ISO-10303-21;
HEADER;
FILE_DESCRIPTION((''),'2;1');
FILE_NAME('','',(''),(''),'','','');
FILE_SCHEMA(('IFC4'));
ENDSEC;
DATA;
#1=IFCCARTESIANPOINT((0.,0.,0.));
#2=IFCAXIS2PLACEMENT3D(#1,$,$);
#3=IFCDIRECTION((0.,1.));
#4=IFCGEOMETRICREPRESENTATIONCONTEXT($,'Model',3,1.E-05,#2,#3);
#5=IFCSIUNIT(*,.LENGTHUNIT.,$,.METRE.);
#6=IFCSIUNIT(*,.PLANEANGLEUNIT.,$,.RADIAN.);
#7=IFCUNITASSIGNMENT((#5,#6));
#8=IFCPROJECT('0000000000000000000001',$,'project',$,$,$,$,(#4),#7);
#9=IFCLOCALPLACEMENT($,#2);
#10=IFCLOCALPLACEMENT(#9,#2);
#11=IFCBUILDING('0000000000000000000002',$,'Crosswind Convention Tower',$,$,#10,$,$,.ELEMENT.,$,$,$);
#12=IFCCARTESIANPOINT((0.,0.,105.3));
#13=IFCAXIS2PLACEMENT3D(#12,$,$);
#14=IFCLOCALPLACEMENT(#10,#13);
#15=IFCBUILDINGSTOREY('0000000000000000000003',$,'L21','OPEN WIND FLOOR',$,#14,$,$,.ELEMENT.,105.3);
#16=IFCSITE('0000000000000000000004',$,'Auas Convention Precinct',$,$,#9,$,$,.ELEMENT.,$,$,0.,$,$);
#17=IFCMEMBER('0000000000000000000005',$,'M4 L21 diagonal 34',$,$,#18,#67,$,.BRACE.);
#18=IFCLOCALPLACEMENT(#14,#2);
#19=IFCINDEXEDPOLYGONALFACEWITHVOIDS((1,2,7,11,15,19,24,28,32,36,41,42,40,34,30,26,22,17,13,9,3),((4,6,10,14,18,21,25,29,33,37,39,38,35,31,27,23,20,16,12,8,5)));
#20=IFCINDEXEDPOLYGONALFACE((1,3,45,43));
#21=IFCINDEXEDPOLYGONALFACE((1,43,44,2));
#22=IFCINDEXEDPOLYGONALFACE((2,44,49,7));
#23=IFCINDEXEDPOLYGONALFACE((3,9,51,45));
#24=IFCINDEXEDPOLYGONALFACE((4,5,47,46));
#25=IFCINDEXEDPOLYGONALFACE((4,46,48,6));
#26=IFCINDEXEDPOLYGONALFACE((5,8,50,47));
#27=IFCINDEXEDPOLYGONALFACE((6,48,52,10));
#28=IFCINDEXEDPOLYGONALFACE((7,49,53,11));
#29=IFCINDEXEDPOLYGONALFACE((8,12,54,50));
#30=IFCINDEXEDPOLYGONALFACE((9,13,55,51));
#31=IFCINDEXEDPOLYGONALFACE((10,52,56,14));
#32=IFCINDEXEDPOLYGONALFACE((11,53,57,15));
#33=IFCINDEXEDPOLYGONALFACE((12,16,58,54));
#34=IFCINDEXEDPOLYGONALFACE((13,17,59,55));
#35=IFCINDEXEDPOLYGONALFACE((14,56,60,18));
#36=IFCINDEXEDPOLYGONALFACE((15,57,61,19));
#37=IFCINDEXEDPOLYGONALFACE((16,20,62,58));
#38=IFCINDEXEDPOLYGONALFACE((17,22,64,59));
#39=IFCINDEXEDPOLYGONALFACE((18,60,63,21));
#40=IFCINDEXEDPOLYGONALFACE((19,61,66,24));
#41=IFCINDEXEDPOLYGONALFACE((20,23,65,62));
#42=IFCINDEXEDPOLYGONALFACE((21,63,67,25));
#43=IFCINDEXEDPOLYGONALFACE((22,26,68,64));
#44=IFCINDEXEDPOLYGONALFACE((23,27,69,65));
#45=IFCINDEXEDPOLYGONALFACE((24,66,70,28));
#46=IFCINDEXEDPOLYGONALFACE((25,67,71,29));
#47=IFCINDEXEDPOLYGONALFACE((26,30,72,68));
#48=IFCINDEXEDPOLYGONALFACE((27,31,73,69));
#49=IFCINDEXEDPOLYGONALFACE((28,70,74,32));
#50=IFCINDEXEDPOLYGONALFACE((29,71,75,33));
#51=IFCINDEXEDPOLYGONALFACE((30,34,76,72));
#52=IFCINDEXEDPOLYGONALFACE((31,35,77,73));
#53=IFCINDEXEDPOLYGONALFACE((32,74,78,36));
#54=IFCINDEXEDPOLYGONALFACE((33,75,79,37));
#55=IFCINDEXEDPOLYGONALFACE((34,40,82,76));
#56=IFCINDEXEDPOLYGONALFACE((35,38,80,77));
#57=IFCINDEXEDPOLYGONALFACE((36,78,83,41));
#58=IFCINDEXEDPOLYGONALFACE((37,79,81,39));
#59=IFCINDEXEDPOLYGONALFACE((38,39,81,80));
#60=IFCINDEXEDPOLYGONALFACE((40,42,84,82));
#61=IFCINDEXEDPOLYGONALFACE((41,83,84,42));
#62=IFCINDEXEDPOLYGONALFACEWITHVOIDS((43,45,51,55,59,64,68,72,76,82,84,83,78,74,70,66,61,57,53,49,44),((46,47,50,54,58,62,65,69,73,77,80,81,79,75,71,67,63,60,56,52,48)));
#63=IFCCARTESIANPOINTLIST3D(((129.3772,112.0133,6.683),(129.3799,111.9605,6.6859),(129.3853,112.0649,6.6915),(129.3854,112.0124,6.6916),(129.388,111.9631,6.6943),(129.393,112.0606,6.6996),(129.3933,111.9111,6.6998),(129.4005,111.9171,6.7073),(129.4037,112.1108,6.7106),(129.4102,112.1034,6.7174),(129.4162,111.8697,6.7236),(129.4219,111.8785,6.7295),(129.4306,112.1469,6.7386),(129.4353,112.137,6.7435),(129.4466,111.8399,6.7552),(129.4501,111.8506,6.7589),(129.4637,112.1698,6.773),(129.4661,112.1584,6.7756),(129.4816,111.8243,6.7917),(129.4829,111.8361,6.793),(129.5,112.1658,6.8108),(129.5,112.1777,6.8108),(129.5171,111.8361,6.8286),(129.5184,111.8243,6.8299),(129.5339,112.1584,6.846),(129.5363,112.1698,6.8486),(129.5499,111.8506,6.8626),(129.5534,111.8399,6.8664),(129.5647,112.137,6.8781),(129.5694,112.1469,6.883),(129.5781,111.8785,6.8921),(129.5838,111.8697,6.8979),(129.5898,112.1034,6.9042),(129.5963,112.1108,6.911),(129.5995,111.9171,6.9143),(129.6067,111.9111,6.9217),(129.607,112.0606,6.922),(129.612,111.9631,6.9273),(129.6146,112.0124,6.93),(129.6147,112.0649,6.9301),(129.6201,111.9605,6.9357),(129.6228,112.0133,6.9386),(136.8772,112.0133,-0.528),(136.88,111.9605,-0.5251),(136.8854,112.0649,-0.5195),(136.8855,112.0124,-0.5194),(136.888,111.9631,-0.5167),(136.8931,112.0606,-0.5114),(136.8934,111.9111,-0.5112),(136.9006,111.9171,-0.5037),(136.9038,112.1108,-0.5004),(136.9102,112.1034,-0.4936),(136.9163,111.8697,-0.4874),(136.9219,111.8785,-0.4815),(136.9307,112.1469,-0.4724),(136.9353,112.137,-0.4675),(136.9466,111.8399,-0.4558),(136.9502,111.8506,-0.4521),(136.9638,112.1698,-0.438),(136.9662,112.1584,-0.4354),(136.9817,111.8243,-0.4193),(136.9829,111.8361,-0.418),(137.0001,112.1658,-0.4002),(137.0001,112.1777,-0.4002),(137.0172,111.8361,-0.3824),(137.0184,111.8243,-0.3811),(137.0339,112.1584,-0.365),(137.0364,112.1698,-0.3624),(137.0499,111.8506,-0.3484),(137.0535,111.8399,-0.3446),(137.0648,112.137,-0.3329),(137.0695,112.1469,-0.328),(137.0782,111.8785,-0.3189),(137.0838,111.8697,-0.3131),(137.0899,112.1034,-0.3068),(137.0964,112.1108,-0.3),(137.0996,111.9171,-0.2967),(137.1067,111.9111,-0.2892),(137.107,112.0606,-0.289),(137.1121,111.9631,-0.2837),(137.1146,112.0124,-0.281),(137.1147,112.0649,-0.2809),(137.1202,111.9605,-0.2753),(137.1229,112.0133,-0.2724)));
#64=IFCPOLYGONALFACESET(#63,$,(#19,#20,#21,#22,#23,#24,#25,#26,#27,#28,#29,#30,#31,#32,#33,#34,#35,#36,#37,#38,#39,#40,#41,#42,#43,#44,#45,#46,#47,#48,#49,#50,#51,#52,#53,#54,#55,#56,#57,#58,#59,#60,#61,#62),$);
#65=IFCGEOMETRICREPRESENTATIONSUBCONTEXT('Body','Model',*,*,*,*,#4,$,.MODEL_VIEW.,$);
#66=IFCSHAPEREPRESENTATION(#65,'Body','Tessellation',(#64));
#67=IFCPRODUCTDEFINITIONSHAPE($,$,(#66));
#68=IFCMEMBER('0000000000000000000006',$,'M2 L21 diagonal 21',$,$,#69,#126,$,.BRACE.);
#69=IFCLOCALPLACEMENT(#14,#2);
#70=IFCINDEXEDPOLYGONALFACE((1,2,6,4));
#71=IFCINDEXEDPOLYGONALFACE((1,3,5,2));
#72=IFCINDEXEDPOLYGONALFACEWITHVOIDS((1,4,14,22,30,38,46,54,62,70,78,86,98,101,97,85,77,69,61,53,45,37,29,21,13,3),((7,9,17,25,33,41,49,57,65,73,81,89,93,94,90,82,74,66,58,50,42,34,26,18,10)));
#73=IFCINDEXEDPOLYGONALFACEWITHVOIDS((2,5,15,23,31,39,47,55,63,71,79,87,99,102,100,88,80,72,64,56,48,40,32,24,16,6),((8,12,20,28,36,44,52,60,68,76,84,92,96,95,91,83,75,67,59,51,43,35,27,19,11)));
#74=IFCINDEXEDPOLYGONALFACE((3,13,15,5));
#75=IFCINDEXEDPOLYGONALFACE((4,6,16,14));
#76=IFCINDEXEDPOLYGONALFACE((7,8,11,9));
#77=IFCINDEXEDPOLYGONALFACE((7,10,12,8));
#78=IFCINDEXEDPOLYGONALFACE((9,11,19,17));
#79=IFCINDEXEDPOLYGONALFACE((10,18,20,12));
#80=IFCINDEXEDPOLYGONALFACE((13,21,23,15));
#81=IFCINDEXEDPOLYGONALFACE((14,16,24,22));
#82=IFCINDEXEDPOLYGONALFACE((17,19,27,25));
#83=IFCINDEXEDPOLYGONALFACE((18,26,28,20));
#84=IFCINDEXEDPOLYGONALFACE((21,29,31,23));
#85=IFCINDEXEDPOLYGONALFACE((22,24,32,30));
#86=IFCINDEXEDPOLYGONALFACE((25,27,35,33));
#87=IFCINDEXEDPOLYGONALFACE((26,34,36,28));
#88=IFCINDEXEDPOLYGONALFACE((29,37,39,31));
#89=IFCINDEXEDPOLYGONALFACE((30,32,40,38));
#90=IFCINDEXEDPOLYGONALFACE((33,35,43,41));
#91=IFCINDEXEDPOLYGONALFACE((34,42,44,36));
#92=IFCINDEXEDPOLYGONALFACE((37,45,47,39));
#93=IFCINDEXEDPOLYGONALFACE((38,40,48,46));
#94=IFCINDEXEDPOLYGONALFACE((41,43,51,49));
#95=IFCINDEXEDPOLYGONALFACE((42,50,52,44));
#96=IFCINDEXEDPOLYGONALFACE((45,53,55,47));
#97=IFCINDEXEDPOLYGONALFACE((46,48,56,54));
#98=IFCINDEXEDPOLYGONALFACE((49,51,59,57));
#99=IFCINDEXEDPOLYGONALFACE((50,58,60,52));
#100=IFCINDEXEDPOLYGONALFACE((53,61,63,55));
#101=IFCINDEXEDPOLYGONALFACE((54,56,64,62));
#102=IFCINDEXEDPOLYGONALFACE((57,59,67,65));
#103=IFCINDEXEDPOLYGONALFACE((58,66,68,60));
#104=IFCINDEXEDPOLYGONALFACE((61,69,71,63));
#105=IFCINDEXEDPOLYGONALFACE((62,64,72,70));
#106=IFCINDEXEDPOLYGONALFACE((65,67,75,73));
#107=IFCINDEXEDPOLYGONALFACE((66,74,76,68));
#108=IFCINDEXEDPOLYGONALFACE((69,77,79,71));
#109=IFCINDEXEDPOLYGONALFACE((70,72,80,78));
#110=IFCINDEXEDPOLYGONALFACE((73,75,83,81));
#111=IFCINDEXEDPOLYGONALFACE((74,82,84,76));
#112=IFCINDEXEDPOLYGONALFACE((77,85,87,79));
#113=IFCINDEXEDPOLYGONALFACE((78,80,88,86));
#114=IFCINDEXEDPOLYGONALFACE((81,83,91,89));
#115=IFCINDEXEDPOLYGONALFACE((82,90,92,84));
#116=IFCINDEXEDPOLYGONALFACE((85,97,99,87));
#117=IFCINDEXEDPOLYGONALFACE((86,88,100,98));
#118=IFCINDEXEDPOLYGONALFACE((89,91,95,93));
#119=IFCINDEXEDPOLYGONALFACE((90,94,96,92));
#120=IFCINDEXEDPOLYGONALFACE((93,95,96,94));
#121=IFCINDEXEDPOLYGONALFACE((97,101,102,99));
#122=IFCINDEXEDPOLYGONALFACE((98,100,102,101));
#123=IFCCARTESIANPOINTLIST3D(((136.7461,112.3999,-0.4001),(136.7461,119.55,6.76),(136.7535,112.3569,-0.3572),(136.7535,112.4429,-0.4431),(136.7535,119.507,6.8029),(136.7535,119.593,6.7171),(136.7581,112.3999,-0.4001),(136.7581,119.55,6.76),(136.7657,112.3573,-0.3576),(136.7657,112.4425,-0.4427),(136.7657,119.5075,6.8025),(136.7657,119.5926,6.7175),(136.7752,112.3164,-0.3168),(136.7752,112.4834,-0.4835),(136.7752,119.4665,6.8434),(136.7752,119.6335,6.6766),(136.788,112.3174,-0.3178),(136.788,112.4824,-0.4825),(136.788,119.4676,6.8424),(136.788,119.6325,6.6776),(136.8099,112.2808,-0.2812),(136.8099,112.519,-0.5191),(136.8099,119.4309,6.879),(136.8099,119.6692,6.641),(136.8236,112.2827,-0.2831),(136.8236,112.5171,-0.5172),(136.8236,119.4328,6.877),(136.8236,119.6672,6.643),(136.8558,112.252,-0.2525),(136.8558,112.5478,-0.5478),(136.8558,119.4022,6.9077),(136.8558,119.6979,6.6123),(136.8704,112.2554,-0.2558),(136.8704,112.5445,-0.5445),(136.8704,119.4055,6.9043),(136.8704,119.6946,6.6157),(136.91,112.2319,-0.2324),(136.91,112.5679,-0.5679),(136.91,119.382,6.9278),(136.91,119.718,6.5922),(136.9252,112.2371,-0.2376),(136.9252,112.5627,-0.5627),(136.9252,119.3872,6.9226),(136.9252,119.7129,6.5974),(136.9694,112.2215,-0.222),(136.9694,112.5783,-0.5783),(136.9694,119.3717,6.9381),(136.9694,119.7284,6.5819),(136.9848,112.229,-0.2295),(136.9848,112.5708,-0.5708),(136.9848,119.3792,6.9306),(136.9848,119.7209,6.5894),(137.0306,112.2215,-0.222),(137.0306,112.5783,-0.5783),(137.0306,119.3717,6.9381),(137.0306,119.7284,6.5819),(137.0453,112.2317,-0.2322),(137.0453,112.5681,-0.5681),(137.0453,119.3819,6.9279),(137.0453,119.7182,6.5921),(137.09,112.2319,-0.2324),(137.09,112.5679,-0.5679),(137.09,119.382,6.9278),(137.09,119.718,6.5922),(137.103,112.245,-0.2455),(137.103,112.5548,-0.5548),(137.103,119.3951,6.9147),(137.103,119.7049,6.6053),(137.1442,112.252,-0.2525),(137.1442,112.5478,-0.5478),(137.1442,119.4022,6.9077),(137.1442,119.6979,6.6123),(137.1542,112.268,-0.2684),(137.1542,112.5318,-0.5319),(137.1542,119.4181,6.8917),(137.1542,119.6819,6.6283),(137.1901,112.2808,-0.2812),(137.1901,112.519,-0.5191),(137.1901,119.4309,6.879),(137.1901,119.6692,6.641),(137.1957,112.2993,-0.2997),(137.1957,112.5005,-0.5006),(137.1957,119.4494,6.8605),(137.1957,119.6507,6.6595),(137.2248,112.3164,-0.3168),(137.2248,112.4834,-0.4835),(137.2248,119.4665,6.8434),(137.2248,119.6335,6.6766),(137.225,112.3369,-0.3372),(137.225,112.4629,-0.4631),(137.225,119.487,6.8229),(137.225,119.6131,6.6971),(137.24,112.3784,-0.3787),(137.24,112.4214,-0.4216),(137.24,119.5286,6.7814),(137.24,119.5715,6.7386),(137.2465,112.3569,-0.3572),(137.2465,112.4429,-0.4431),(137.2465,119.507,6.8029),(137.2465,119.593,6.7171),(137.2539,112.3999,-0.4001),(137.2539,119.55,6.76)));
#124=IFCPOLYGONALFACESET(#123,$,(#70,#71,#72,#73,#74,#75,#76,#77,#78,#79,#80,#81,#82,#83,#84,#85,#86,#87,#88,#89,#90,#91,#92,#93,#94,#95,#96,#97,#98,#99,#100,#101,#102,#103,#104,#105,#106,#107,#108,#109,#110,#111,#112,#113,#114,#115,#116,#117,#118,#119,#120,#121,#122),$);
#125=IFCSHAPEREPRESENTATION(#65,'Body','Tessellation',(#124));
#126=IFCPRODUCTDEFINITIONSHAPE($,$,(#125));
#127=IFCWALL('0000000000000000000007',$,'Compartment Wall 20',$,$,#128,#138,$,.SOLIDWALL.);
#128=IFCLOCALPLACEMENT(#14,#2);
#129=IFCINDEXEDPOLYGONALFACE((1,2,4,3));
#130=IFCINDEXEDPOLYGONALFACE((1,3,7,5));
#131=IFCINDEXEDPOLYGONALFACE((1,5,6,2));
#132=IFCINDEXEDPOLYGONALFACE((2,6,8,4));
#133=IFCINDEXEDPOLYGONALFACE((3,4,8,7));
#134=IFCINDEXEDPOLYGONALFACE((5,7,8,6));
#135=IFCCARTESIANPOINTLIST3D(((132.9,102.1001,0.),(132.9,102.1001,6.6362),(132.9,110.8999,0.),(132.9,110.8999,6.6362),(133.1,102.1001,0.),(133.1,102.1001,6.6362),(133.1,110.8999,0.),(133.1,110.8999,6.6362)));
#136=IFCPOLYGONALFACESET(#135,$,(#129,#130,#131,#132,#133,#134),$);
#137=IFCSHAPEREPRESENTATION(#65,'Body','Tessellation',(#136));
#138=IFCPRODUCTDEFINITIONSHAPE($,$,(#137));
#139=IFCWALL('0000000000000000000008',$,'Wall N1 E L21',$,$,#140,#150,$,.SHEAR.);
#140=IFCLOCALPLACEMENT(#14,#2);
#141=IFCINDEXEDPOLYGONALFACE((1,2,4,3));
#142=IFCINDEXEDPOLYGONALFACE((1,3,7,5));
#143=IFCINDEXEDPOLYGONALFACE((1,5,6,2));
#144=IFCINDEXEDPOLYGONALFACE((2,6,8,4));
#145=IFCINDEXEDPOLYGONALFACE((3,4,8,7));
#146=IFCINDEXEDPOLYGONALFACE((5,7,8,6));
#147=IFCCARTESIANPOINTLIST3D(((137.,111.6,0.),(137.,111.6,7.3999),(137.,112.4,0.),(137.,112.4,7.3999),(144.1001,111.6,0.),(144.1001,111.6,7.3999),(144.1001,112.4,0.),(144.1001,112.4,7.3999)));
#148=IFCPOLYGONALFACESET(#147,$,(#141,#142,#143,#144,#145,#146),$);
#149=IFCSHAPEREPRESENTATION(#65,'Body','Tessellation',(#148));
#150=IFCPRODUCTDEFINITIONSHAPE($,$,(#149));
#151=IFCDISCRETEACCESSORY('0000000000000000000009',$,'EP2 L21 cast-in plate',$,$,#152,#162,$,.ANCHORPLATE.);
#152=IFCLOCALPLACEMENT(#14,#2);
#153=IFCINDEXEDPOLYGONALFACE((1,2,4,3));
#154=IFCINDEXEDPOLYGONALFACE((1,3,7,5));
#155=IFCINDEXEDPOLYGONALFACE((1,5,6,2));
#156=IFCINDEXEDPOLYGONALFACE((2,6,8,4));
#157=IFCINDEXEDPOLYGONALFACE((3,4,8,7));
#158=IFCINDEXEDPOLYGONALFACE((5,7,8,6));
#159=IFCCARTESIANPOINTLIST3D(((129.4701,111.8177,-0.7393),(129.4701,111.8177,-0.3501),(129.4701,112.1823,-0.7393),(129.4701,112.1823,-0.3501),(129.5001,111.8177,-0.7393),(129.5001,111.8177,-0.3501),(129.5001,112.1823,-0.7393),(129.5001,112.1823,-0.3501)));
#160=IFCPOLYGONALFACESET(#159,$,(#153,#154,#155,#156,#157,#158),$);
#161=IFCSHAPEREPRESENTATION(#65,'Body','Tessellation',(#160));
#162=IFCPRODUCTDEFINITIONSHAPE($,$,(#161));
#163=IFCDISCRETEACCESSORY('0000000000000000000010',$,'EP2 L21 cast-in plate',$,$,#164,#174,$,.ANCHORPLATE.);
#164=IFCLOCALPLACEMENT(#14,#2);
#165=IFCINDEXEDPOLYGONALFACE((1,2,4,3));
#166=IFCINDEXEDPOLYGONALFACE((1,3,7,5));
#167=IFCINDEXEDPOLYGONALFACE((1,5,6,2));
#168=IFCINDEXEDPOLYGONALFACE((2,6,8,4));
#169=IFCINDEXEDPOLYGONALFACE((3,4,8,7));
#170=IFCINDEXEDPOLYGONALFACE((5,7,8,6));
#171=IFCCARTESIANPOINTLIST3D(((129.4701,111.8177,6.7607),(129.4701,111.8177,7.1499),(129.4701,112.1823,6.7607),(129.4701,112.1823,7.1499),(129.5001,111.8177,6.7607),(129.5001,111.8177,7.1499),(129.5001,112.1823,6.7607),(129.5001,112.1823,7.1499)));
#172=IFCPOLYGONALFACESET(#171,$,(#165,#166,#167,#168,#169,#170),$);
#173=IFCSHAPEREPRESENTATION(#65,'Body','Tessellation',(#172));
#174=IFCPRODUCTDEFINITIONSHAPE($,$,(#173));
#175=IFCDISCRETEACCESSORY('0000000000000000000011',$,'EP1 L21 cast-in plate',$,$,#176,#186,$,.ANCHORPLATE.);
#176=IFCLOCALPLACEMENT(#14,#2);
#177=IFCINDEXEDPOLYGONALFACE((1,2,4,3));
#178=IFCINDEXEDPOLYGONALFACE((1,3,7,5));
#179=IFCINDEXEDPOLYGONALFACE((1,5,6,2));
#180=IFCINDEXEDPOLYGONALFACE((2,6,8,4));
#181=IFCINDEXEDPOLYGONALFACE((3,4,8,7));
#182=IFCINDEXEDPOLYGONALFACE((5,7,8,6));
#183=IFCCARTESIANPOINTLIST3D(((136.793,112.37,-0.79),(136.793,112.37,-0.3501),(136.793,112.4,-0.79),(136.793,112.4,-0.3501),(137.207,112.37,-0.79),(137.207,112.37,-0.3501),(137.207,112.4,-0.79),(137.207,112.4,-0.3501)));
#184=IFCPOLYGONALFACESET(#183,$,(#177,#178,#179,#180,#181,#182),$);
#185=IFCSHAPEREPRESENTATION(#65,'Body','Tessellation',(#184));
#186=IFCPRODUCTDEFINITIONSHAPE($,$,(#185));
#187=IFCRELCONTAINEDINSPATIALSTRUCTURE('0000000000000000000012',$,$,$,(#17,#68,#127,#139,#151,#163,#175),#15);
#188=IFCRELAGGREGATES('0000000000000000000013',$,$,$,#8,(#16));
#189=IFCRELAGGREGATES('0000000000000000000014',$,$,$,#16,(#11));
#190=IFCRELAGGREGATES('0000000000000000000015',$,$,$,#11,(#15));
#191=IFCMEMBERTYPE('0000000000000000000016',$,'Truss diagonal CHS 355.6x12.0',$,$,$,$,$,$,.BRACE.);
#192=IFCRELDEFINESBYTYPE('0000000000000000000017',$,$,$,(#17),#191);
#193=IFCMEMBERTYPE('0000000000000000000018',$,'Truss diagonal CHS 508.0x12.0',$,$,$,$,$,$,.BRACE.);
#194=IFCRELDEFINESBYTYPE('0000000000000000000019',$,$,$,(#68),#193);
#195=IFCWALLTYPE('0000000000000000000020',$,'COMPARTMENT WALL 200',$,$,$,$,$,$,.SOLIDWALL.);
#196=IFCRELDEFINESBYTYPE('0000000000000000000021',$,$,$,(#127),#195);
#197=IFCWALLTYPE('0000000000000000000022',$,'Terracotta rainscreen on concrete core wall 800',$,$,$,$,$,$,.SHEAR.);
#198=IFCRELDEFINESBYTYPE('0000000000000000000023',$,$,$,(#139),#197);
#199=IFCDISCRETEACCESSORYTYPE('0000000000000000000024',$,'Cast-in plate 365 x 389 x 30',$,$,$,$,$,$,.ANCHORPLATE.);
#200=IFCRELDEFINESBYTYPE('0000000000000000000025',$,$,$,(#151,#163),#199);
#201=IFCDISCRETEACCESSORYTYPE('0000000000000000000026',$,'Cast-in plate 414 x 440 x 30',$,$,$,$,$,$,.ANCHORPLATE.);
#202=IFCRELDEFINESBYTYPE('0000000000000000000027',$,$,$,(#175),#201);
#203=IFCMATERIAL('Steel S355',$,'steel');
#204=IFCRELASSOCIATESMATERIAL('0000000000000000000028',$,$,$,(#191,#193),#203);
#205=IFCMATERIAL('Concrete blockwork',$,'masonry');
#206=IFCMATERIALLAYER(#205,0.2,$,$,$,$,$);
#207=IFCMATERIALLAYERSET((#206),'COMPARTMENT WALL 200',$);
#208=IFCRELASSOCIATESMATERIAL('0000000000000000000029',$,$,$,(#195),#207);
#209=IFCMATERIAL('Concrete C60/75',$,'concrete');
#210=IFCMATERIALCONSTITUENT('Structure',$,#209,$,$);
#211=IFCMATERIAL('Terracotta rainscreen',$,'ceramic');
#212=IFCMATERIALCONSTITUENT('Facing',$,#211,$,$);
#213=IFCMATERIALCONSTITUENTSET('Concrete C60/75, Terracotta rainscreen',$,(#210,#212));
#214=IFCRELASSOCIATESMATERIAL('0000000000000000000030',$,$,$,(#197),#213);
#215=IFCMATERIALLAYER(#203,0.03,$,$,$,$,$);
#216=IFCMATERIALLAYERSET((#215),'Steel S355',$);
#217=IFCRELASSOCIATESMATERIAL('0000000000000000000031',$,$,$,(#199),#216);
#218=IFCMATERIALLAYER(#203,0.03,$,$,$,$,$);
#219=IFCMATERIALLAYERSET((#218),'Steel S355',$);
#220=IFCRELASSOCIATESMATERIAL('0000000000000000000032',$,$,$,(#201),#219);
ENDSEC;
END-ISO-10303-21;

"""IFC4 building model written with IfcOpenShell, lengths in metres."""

from ifc_helpers import new_model, si_unit, direction, frame, frame_2d, origin, origin_2d, place, context, subcontext, project, spatial, rectangle, hollow_circle, extrude, material, layer, layer_set, constituent, constituent_set, material_profile, profile_set, type_object, element, save


model = new_model("IFC4")

# Units and contexts
model_context = context("Model", 3, precision=1e-05, world=origin(), true_north=direction((0.0, 1.0)))
body_context = subcontext(model_context, "Body", "Model", "MODEL_VIEW")
ifc_project = project(units=[si_unit("LENGTHUNIT", "METRE"), si_unit("PLANEANGLEUNIT", "RADIAN")], contexts=[model_context])

# Site, building, storey
site_placement = place(None, origin())
site = spatial("IfcSite", under=ifc_project, at=site_placement, Name="Auas Convention Precinct", CompositionType="ELEMENT", RefElevation=0.0)
building_placement = place(site_placement, origin())
building = spatial("IfcBuilding", under=site, at=building_placement, Name="Crosswind Convention Tower", CompositionType="ELEMENT")
storey_placement = place(building_placement, frame((0.0, 0.0, 105.3)))
storey = spatial("IfcBuildingStorey", under=building, at=storey_placement, Name="L21", Description="OPEN WIND FLOOR", CompositionType="ELEMENT", Elevation=105.3)

# Shared definitions
ifc_material_1 = material(Name="Steel S355", Category="steel")

# Members
ifc_material_profile_1 = material_profile(ifc_material_1, hollow_circle(Radius=0.1777, WallThickness=0.012, at=origin_2d()), Name="CHS 355.6x12.0")
ifc_profile_set_1 = profile_set([ifc_material_profile_1], Name="Steel S355")
member_type_1 = type_object("IfcMemberType", Name="Truss diagonal CHS 355.6x12.0", PredefinedType="BRACE", material=ifc_profile_set_1)
member_1_placement = place(storey_placement, frame((129.5, 112.0, 6.8108), z_axis=(0.720862, 0.0, -0.693079), x_axis=(0.0, 1.0, 0.0)))
element("IfcMember", 1, at=member_1_placement, inside=storey, type_object=member_type_1, Name="M4 L21 diagonal 34", PredefinedType="BRACE", context=body_context, shape_type="SweptSolid", body=[
    extrude(hollow_circle(Radius=0.1777, WallThickness=0.012, at=origin_2d()), origin(), (0.0, 0.0, 1.0), 10.4043),
])
ifc_material_profile_2 = material_profile(ifc_material_1, hollow_circle(Radius=0.2539, WallThickness=0.012, at=origin_2d()), Name="CHS 508.0x12.0")
ifc_profile_set_2 = profile_set([ifc_material_profile_2], Name="Steel S355")
member_type_2 = type_object("IfcMemberType", Name="Truss diagonal CHS 508.0x12.0", PredefinedType="BRACE", material=ifc_profile_set_2)
member_2_placement = place(storey_placement, frame((137.0, 112.3999, -0.4001), z_axis=(0.0, 0.706612, 0.707601), x_axis=(-1.0, 0.0, 0.0)))
element("IfcMember", 2, at=member_2_placement, inside=storey, type_object=member_type_2, Name="M2 L21 diagonal 21", PredefinedType="BRACE", context=body_context, shape_type="SweptSolid", body=[
    extrude(hollow_circle(Radius=0.2539, WallThickness=0.012, at=origin_2d()), origin(), (0.0, 0.0, 1.0), 10.1189),
])

# Walls
ifc_material_2 = material(Name="Concrete blockwork", Category="masonry")
ifc_layer_1 = layer(ifc_material_2, 0.2)
ifc_layer_set_1 = layer_set([ifc_layer_1], Name="COMPARTMENT WALL 200")
wall_type_1 = type_object("IfcWallType", Name="COMPARTMENT WALL 200", PredefinedType="SOLIDWALL", material=ifc_layer_set_1)
wall_1_placement = place(storey_placement, frame((133.0, 102.1001, 0.0), z_axis=(0.0, 0.0, 1.0), x_axis=(0.0, 1.0, 0.0)))
element("IfcWall", 3, at=wall_1_placement, inside=storey, type_object=wall_type_1, Name="Compartment Wall 20", PredefinedType="SOLIDWALL", context=body_context, shape_type="SweptSolid", body=[
    extrude(rectangle(XDim=8.7998, YDim=0.2, at=frame_2d((4.3999, 0.0))), origin(), (0.0, 0.0, 1.0), 6.6362),
])
ifc_material_3 = material(Name="Concrete C60/75", Category="concrete")
ifc_constituent_1 = constituent(ifc_material_3, Name="Structure")
ifc_material_4 = material(Name="Terracotta rainscreen", Category="ceramic")
ifc_constituent_2 = constituent(ifc_material_4, Name="Facing")
ifc_constituent_set = constituent_set(constituents=[ifc_constituent_1, ifc_constituent_2], Name="Concrete C60/75, Terracotta rainscreen")
wall_type_2 = type_object("IfcWallType", Name="Terracotta rainscreen on concrete core wall 800", PredefinedType="SHEAR", material=ifc_constituent_set)
wall_2_placement = place(storey_placement, frame((137.0, 112.0, 0.0), z_axis=(0.0, 0.0, 1.0), x_axis=(1.0, 0.0, 0.0)))
element("IfcWall", 4, at=wall_2_placement, inside=storey, type_object=wall_type_2, Name="Wall N1 E L21", PredefinedType="SHEAR", context=body_context, shape_type="SweptSolid", body=[
    extrude(rectangle(XDim=7.1001, YDim=0.8, at=frame_2d((3.55, 0.0))), origin(), (0.0, 0.0, 1.0), 7.3999),
])

# Discrete accessories
ifc_layer_2 = layer(ifc_material_1, 0.03)
ifc_layer_set_2 = layer_set([ifc_layer_2], Name="Steel S355")
discrete_accessory_type_1 = type_object("IfcDiscreteAccessoryType", Name="Cast-in plate 365 x 389 x 30", PredefinedType="ANCHORPLATE", material=ifc_layer_set_2)
for number, where, z_axis, x_axis, name in (
    (5, (129.4851, 112.0, -0.7393), (0.0, 0.0, 1.0), (1.0, 0.0, 0.0), "EP2 L21 cast-in plate"),
    (6, (129.4851, 112.0, 6.7607), (0.0, 0.0, 1.0), (1.0, 0.0, 0.0), "EP2 L21 cast-in plate"),
):
    element("IfcDiscreteAccessory", number, at=place(storey_placement, frame(where, z_axis=z_axis, x_axis=x_axis)), inside=storey, type_object=discrete_accessory_type_1, Name=name, PredefinedType="ANCHORPLATE", context=body_context, shape_type="SweptSolid", body=[
        extrude(rectangle(XDim=0.03, YDim=0.3645, at=origin_2d()), origin(), (0.0, 0.0, 1.0), 0.3892),
    ])
ifc_layer_3 = layer(ifc_material_1, 0.03)
ifc_layer_set_3 = layer_set([ifc_layer_3], Name="Steel S355")
discrete_accessory_type_2 = type_object("IfcDiscreteAccessoryType", Name="Cast-in plate 414 x 440 x 30", PredefinedType="ANCHORPLATE", material=ifc_layer_set_3)
for number, where, z_axis, x_axis, name in (
    (7, (137.0, 112.385, -0.79), (0.0, 0.0, 1.0), (1.0, 0.0, 0.0), "EP1 L21 cast-in plate"),
):
    element("IfcDiscreteAccessory", number, at=place(storey_placement, frame(where, z_axis=z_axis, x_axis=x_axis)), inside=storey, type_object=discrete_accessory_type_2, Name=name, PredefinedType="ANCHORPLATE", context=body_context, shape_type="SweptSolid", body=[
        extrude(rectangle(XDim=0.4141, YDim=0.03, at=origin_2d()), origin(), (0.0, 0.0, 1.0), 0.4399),
    ])

save(model, "model.ifc")
